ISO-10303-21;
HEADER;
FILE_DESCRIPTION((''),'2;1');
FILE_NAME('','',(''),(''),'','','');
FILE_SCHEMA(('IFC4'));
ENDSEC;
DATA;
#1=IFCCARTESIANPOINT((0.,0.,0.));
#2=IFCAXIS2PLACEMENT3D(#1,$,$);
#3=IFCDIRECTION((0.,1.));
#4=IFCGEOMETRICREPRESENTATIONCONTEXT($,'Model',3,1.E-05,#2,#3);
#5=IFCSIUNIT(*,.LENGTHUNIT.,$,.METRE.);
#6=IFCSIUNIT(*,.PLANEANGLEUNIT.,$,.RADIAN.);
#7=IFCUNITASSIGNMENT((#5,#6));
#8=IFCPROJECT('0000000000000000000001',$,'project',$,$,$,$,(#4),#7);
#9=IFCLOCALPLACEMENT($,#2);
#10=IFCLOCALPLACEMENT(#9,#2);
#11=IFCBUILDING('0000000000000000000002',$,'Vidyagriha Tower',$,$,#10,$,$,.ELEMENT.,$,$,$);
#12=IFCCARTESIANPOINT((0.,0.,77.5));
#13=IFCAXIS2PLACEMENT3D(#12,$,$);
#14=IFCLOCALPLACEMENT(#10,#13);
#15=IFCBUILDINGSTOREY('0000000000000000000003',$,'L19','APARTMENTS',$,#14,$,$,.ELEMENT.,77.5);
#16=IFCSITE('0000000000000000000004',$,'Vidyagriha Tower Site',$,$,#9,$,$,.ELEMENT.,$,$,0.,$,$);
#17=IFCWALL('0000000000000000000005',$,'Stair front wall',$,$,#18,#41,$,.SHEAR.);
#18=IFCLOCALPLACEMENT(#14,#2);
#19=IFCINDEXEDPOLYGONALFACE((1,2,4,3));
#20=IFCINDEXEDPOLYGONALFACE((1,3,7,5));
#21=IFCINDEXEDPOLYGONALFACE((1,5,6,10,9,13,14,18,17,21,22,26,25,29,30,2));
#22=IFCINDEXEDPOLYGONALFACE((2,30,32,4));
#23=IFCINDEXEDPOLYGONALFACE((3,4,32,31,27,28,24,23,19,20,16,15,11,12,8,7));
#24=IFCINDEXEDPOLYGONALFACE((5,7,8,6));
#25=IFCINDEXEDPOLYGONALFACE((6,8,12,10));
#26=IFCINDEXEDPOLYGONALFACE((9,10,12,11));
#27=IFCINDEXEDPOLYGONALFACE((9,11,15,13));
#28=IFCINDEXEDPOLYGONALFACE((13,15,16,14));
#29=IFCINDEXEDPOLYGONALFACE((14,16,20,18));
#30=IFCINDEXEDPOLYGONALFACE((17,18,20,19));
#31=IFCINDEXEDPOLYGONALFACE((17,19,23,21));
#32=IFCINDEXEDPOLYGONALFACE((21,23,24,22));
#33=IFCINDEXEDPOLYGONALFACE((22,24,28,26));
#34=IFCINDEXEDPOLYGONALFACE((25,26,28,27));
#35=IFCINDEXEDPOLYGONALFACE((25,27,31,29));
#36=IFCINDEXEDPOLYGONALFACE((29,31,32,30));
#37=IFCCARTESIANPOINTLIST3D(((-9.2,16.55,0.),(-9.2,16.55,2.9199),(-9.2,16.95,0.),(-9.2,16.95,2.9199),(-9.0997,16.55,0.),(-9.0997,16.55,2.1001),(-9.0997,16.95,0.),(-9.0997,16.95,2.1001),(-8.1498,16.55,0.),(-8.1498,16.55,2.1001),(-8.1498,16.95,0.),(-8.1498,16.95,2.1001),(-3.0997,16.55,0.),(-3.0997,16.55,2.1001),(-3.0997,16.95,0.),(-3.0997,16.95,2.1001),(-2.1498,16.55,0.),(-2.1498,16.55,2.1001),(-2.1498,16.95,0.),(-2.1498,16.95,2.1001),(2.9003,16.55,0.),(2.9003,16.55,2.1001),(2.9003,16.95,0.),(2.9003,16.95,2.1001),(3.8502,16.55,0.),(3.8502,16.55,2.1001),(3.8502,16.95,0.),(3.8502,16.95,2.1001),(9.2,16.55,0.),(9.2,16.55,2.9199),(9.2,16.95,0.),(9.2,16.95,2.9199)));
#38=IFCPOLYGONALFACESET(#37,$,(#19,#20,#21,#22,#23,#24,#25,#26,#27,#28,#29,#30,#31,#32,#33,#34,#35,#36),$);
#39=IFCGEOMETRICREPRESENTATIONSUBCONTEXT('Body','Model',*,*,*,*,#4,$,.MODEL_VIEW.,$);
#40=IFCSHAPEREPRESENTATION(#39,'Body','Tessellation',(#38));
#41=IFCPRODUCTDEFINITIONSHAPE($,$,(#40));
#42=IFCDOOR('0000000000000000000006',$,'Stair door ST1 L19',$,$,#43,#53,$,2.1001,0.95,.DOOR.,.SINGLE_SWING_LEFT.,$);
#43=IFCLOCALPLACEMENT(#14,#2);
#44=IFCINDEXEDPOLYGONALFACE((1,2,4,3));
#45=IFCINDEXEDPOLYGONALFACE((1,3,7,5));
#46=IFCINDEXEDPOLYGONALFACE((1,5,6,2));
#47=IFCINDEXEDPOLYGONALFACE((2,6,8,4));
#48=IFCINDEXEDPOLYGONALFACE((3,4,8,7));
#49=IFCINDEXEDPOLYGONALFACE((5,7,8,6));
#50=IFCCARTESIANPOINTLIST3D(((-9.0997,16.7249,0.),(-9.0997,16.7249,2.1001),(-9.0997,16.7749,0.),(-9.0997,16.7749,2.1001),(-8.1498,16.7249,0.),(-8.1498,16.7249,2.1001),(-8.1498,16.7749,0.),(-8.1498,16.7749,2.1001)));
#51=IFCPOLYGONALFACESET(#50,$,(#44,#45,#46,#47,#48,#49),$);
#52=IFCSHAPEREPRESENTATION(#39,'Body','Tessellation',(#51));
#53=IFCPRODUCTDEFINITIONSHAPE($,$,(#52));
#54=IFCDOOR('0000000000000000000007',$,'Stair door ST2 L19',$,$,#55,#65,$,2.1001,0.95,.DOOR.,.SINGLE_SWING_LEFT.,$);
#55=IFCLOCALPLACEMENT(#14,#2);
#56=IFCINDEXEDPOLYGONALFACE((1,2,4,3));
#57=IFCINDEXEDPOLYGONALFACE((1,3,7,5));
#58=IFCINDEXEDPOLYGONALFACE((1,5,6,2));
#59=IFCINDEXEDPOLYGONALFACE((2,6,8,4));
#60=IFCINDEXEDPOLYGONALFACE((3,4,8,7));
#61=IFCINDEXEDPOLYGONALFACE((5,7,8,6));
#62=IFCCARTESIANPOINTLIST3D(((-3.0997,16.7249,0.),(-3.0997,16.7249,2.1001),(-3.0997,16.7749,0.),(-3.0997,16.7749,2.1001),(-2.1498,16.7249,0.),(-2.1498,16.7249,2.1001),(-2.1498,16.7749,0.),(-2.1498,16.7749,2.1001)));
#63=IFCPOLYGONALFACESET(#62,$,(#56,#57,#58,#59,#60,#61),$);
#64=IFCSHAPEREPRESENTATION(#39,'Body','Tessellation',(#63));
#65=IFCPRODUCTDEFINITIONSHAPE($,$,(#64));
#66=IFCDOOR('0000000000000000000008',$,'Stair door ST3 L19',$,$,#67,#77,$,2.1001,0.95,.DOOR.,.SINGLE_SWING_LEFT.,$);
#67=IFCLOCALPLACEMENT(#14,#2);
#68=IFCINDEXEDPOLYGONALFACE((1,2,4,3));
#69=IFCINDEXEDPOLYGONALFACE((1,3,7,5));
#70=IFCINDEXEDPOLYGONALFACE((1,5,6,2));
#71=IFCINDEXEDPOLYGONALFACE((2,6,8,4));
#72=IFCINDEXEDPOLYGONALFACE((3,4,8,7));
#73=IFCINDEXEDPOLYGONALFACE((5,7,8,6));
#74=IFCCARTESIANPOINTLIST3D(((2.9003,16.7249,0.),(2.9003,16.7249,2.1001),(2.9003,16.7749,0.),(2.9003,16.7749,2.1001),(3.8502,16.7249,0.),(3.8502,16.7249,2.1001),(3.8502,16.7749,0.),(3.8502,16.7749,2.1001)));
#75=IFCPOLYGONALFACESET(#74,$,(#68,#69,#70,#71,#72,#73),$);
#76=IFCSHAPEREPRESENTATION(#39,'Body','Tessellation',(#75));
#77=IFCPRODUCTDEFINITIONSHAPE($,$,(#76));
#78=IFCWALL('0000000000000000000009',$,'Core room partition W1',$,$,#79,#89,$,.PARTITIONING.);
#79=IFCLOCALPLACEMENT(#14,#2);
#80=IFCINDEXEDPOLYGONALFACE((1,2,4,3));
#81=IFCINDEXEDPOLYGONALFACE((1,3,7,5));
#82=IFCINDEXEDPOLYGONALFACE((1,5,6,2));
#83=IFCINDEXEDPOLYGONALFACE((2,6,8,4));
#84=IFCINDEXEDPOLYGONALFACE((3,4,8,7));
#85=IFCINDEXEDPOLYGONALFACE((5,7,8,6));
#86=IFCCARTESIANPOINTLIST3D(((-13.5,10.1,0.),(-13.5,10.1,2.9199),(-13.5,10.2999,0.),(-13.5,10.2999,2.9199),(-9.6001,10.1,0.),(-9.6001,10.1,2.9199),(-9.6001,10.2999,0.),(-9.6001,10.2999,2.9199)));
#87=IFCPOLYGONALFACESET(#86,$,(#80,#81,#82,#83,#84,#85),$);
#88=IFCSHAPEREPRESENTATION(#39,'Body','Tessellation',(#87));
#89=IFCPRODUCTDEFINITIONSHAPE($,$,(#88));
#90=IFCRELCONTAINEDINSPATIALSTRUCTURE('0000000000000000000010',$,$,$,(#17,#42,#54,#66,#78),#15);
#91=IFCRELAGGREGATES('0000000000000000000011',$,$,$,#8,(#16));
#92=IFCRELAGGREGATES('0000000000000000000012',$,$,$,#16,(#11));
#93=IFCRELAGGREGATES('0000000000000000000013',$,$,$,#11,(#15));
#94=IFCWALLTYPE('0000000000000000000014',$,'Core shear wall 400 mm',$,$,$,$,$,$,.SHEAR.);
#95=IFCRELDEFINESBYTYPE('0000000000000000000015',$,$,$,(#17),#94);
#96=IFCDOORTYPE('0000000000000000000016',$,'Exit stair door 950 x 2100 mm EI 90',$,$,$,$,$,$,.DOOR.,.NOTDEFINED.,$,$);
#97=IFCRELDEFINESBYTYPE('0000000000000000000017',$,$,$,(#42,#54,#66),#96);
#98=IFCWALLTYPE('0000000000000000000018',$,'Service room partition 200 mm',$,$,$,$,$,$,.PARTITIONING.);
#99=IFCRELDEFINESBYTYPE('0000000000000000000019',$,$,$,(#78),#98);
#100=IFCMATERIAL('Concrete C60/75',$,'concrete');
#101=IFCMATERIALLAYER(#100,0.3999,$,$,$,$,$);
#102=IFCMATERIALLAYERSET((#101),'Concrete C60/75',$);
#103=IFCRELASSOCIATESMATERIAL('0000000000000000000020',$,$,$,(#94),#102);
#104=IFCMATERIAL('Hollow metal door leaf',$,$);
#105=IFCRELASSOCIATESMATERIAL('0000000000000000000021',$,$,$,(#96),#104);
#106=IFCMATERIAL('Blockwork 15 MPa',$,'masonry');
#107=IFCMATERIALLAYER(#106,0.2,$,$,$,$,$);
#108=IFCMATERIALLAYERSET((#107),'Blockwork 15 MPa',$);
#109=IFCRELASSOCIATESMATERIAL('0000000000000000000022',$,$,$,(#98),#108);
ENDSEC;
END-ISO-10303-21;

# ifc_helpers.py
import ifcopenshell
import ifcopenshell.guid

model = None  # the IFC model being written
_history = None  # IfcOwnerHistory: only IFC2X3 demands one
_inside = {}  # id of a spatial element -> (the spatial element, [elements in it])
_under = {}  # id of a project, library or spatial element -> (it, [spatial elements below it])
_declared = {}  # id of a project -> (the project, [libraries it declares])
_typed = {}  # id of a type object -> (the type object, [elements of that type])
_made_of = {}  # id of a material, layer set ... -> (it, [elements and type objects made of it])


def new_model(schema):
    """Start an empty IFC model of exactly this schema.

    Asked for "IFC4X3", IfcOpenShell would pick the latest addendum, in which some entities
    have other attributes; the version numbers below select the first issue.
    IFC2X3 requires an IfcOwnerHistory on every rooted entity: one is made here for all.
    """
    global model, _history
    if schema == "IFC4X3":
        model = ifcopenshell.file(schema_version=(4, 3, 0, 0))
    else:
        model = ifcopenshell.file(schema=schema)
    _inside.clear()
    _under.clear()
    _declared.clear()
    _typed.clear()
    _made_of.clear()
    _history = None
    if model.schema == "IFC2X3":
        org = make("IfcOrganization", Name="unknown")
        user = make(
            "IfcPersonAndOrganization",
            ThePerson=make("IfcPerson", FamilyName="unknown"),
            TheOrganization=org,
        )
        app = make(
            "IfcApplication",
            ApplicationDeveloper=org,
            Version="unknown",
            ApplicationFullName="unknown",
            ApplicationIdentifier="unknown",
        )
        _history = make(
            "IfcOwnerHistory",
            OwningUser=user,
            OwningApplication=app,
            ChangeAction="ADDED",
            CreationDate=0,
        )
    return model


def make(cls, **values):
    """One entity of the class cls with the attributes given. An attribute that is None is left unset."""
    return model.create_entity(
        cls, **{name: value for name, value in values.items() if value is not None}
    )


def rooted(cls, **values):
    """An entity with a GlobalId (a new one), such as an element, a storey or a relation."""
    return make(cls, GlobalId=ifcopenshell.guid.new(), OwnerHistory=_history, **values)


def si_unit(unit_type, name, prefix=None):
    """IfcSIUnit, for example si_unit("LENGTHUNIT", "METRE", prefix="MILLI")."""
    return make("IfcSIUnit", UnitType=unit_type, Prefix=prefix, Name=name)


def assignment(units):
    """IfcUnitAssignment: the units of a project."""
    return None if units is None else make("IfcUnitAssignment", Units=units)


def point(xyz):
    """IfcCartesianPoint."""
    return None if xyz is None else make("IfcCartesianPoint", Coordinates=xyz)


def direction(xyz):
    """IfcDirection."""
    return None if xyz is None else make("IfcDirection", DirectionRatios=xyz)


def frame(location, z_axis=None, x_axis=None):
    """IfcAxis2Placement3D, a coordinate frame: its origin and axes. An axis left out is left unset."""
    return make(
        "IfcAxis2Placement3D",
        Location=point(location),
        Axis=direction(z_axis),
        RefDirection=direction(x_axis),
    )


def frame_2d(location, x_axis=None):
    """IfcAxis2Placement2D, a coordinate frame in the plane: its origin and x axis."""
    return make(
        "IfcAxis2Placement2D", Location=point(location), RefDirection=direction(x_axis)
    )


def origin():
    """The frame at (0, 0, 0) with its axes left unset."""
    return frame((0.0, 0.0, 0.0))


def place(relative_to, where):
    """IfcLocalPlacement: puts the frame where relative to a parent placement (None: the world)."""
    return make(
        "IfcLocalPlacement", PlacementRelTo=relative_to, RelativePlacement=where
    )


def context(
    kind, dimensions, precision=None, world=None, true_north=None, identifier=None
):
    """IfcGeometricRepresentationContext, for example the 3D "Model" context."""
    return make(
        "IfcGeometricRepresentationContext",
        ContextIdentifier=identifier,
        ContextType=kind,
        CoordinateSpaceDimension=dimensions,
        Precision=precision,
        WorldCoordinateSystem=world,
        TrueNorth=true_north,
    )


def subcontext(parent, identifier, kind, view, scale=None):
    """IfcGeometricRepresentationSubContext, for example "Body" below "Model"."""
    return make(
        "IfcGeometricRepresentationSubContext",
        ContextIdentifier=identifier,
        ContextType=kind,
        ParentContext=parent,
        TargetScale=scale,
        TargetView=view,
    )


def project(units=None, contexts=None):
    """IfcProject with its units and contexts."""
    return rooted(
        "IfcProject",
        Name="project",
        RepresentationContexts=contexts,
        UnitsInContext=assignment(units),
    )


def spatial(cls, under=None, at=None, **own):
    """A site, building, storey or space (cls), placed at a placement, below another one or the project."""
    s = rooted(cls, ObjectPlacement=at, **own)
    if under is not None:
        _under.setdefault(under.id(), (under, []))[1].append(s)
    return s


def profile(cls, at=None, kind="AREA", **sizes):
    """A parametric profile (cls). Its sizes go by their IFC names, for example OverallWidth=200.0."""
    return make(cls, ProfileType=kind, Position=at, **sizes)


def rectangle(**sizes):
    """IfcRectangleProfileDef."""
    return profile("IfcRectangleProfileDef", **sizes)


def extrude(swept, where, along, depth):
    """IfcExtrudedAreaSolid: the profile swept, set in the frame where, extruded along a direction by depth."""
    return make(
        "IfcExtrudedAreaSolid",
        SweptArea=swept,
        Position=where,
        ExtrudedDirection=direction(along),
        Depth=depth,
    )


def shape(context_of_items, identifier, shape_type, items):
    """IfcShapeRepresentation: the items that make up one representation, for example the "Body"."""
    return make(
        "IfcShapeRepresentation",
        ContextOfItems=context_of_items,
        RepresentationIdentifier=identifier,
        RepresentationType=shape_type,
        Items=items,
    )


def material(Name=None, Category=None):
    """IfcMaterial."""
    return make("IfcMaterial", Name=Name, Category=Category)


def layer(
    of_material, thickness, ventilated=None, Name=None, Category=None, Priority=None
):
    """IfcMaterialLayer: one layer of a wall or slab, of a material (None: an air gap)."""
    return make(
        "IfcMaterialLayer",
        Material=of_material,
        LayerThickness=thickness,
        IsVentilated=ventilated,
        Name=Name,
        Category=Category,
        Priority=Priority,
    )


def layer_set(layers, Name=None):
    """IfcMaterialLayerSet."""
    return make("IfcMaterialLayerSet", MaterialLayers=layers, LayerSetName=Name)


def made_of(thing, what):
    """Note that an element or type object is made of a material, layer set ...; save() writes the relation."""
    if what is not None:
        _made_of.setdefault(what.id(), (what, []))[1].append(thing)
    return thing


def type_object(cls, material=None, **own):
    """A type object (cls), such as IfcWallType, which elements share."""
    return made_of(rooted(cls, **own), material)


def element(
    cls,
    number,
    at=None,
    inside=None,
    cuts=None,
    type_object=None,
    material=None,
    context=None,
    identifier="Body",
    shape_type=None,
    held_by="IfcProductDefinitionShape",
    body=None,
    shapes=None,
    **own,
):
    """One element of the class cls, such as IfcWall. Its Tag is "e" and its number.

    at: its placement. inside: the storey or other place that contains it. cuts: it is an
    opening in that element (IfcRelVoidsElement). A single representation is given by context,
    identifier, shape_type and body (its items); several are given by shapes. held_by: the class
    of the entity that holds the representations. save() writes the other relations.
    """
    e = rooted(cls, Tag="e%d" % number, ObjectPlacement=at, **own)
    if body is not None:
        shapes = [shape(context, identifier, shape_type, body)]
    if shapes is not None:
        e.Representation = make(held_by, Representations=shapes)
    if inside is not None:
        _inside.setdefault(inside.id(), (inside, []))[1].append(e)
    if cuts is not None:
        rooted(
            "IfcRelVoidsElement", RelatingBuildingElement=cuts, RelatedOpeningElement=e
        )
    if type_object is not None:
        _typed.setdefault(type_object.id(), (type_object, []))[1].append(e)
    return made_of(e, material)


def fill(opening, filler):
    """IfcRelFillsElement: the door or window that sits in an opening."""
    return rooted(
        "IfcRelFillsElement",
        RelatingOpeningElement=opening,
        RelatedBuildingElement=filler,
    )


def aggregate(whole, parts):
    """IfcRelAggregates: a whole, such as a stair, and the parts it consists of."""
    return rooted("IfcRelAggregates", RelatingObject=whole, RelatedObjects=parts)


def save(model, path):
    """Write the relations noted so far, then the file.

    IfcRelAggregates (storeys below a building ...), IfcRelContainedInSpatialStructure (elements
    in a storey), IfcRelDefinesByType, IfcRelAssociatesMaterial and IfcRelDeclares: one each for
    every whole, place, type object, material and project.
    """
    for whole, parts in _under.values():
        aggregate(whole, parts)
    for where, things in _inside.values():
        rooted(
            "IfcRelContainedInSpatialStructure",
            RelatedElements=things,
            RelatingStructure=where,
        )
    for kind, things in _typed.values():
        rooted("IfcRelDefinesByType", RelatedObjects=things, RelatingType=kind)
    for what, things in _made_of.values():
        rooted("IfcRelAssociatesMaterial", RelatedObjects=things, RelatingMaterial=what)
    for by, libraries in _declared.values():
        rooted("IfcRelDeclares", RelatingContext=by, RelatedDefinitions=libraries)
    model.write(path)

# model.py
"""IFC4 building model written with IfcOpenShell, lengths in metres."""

from ifc_helpers import new_model, si_unit, direction, frame, frame_2d, origin, place, context, subcontext, project, spatial, rectangle, extrude, material, layer, layer_set, type_object, element, fill, save


model = new_model("IFC4")

# Units and contexts
model_context = context("Model", 3, precision=1e-05, world=origin(), true_north=direction((0.0, 1.0)))
body_context = subcontext(model_context, "Body", "Model", "MODEL_VIEW")
ifc_project = project(units=[si_unit("LENGTHUNIT", "METRE"), si_unit("PLANEANGLEUNIT", "RADIAN")], contexts=[model_context])

# Site, building, storey
site_placement = place(None, origin())
site = spatial("IfcSite", under=ifc_project, at=site_placement, Name="Vidyagriha Tower Site", CompositionType="ELEMENT", RefElevation=0.0)
building_placement = place(site_placement, origin())
building = spatial("IfcBuilding", under=site, at=building_placement, Name="Vidyagriha Tower", CompositionType="ELEMENT")
storey_placement = place(building_placement, frame((0.0, 0.0, 77.5)))
storey = spatial("IfcBuildingStorey", under=building, at=storey_placement, Name="L19", Description="APARTMENTS", CompositionType="ELEMENT", Elevation=77.5)

# Shared definitions
ifc_material_1 = material(Name="Concrete C60/75", Category="concrete")
ifc_layer_1 = layer(ifc_material_1, 0.3999)
ifc_layer_set_1 = layer_set([ifc_layer_1], Name="Concrete C60/75")
wall_type_1 = type_object("IfcWallType", Name="Core shear wall 400 mm", PredefinedType="SHEAR", material=ifc_layer_set_1)

# Wall, openings, doors
wall_1_placement = place(storey_placement, frame((-9.2, 16.75, 0.0)))
wall_1 = element("IfcWall", 1, at=wall_1_placement, inside=storey, type_object=wall_type_1, Name="Stair front wall", PredefinedType="SHEAR", context=body_context, shape_type="SweptSolid", body=[
    extrude(rectangle(XDim=18.3999, YDim=0.3999, at=frame_2d((9.2, 0.0))), origin(), (0.0, 0.0, 1.0), 2.9199),
])
opening_1_placement = place(wall_1_placement, frame((0.1001, 0.0, 0.0)))
opening_1 = element("IfcOpeningElement", 2, at=opening_1_placement, cuts=wall_1, PredefinedType="OPENING", context=body_context, shape_type="SweptSolid", body=[
    extrude(rectangle(XDim=0.95, YDim=2.1001, at=frame_2d((0.4751, 1.05))), frame((0.0, 0.21, 0.0), z_axis=(0.0, -1.0, 0.0), x_axis=(1.0, 0.0, 0.0)), (0.0, 0.0, 1.0), 0.4199),
])
opening_2_placement = place(wall_1_placement, frame((6.1001, 0.0, 0.0)))
opening_2 = element("IfcOpeningElement", 3, at=opening_2_placement, cuts=wall_1, PredefinedType="OPENING", context=body_context, shape_type="SweptSolid", body=[
    extrude(rectangle(XDim=0.95, YDim=2.1001, at=frame_2d((0.4751, 1.05))), frame((0.0, 0.21, 0.0), z_axis=(0.0, -1.0, 0.0), x_axis=(1.0, 0.0, 0.0)), (0.0, 0.0, 1.0), 0.4199),
])
opening_3_placement = place(wall_1_placement, frame((12.1001, 0.0, 0.0)))
opening_3 = element("IfcOpeningElement", 4, at=opening_3_placement, cuts=wall_1, PredefinedType="OPENING", context=body_context, shape_type="SweptSolid", body=[
    extrude(rectangle(XDim=0.95, YDim=2.1001, at=frame_2d((0.4751, 1.05))), frame((0.0, 0.21, 0.0), z_axis=(0.0, -1.0, 0.0), x_axis=(1.0, 0.0, 0.0)), (0.0, 0.0, 1.0), 0.4199),
])
ifc_material_2 = material(Name="Hollow metal door leaf")
door_type_1 = type_object("IfcDoorType", Name="Exit stair door 950 x 2100 mm EI 90", OperationType="NOTDEFINED", PredefinedType="DOOR", material=ifc_material_2)
door_1_placement = place(opening_1_placement, origin())
door_1 = element("IfcDoor", 5, at=door_1_placement, inside=storey, type_object=door_type_1, Name="Stair door ST1 L19", OperationType="SINGLE_SWING_LEFT", OverallHeight=2.1001, OverallWidth=0.95, PredefinedType="DOOR", context=body_context, shape_type="SweptSolid", body=[
    extrude(rectangle(XDim=0.95, YDim=2.1001, at=frame_2d((0.4751, 1.05))), frame((0.0, 0.0249, 0.0), z_axis=(0.0, -1.0, 0.0), x_axis=(1.0, 0.0, 0.0)), (0.0, 0.0, 1.0), 0.05),
])
fill(opening_1, door_1)
door_2_placement = place(opening_2_placement, origin())
door_2 = element("IfcDoor", 6, at=door_2_placement, inside=storey, type_object=door_type_1, Name="Stair door ST2 L19", OperationType="SINGLE_SWING_LEFT", OverallHeight=2.1001, OverallWidth=0.95, PredefinedType="DOOR", context=body_context, shape_type="SweptSolid", body=[
    extrude(rectangle(XDim=0.95, YDim=2.1001, at=frame_2d((0.4751, 1.05))), frame((0.0, 0.0249, 0.0), z_axis=(0.0, -1.0, 0.0), x_axis=(1.0, 0.0, 0.0)), (0.0, 0.0, 1.0), 0.05),
])
fill(opening_2, door_2)
door_3_placement = place(opening_3_placement, origin())
door_3 = element("IfcDoor", 7, at=door_3_placement, inside=storey, type_object=door_type_1, Name="Stair door ST3 L19", OperationType="SINGLE_SWING_LEFT", OverallHeight=2.1001, OverallWidth=0.95, PredefinedType="DOOR", context=body_context, shape_type="SweptSolid", body=[
    extrude(rectangle(XDim=0.95, YDim=2.1001, at=frame_2d((0.4751, 1.05))), frame((0.0, 0.0249, 0.0), z_axis=(0.0, -1.0, 0.0), x_axis=(1.0, 0.0, 0.0)), (0.0, 0.0, 1.0), 0.05),
])
fill(opening_3, door_3)

# Wall
ifc_material_3 = material(Name="Blockwork 15 MPa", Category="masonry")
ifc_layer_2 = layer(ifc_material_3, 0.2)
ifc_layer_set_2 = layer_set([ifc_layer_2], Name="Blockwork 15 MPa")
wall_type_2 = type_object("IfcWallType", Name="Service room partition 200 mm", PredefinedType="PARTITIONING", material=ifc_layer_set_2)
wall_2_placement = place(storey_placement, frame((-13.5, 10.2, 0.0)))
element("IfcWall", 8, at=wall_2_placement, inside=storey, type_object=wall_type_2, Name="Core room partition W1", PredefinedType="PARTITIONING", context=body_context, shape_type="SweptSolid", body=[
    extrude(rectangle(XDim=3.8999, YDim=0.2, at=frame_2d((1.95, 0.0))), origin(), (0.0, 0.0, 1.0), 2.9199),
])

save(model, "model.ifc")
